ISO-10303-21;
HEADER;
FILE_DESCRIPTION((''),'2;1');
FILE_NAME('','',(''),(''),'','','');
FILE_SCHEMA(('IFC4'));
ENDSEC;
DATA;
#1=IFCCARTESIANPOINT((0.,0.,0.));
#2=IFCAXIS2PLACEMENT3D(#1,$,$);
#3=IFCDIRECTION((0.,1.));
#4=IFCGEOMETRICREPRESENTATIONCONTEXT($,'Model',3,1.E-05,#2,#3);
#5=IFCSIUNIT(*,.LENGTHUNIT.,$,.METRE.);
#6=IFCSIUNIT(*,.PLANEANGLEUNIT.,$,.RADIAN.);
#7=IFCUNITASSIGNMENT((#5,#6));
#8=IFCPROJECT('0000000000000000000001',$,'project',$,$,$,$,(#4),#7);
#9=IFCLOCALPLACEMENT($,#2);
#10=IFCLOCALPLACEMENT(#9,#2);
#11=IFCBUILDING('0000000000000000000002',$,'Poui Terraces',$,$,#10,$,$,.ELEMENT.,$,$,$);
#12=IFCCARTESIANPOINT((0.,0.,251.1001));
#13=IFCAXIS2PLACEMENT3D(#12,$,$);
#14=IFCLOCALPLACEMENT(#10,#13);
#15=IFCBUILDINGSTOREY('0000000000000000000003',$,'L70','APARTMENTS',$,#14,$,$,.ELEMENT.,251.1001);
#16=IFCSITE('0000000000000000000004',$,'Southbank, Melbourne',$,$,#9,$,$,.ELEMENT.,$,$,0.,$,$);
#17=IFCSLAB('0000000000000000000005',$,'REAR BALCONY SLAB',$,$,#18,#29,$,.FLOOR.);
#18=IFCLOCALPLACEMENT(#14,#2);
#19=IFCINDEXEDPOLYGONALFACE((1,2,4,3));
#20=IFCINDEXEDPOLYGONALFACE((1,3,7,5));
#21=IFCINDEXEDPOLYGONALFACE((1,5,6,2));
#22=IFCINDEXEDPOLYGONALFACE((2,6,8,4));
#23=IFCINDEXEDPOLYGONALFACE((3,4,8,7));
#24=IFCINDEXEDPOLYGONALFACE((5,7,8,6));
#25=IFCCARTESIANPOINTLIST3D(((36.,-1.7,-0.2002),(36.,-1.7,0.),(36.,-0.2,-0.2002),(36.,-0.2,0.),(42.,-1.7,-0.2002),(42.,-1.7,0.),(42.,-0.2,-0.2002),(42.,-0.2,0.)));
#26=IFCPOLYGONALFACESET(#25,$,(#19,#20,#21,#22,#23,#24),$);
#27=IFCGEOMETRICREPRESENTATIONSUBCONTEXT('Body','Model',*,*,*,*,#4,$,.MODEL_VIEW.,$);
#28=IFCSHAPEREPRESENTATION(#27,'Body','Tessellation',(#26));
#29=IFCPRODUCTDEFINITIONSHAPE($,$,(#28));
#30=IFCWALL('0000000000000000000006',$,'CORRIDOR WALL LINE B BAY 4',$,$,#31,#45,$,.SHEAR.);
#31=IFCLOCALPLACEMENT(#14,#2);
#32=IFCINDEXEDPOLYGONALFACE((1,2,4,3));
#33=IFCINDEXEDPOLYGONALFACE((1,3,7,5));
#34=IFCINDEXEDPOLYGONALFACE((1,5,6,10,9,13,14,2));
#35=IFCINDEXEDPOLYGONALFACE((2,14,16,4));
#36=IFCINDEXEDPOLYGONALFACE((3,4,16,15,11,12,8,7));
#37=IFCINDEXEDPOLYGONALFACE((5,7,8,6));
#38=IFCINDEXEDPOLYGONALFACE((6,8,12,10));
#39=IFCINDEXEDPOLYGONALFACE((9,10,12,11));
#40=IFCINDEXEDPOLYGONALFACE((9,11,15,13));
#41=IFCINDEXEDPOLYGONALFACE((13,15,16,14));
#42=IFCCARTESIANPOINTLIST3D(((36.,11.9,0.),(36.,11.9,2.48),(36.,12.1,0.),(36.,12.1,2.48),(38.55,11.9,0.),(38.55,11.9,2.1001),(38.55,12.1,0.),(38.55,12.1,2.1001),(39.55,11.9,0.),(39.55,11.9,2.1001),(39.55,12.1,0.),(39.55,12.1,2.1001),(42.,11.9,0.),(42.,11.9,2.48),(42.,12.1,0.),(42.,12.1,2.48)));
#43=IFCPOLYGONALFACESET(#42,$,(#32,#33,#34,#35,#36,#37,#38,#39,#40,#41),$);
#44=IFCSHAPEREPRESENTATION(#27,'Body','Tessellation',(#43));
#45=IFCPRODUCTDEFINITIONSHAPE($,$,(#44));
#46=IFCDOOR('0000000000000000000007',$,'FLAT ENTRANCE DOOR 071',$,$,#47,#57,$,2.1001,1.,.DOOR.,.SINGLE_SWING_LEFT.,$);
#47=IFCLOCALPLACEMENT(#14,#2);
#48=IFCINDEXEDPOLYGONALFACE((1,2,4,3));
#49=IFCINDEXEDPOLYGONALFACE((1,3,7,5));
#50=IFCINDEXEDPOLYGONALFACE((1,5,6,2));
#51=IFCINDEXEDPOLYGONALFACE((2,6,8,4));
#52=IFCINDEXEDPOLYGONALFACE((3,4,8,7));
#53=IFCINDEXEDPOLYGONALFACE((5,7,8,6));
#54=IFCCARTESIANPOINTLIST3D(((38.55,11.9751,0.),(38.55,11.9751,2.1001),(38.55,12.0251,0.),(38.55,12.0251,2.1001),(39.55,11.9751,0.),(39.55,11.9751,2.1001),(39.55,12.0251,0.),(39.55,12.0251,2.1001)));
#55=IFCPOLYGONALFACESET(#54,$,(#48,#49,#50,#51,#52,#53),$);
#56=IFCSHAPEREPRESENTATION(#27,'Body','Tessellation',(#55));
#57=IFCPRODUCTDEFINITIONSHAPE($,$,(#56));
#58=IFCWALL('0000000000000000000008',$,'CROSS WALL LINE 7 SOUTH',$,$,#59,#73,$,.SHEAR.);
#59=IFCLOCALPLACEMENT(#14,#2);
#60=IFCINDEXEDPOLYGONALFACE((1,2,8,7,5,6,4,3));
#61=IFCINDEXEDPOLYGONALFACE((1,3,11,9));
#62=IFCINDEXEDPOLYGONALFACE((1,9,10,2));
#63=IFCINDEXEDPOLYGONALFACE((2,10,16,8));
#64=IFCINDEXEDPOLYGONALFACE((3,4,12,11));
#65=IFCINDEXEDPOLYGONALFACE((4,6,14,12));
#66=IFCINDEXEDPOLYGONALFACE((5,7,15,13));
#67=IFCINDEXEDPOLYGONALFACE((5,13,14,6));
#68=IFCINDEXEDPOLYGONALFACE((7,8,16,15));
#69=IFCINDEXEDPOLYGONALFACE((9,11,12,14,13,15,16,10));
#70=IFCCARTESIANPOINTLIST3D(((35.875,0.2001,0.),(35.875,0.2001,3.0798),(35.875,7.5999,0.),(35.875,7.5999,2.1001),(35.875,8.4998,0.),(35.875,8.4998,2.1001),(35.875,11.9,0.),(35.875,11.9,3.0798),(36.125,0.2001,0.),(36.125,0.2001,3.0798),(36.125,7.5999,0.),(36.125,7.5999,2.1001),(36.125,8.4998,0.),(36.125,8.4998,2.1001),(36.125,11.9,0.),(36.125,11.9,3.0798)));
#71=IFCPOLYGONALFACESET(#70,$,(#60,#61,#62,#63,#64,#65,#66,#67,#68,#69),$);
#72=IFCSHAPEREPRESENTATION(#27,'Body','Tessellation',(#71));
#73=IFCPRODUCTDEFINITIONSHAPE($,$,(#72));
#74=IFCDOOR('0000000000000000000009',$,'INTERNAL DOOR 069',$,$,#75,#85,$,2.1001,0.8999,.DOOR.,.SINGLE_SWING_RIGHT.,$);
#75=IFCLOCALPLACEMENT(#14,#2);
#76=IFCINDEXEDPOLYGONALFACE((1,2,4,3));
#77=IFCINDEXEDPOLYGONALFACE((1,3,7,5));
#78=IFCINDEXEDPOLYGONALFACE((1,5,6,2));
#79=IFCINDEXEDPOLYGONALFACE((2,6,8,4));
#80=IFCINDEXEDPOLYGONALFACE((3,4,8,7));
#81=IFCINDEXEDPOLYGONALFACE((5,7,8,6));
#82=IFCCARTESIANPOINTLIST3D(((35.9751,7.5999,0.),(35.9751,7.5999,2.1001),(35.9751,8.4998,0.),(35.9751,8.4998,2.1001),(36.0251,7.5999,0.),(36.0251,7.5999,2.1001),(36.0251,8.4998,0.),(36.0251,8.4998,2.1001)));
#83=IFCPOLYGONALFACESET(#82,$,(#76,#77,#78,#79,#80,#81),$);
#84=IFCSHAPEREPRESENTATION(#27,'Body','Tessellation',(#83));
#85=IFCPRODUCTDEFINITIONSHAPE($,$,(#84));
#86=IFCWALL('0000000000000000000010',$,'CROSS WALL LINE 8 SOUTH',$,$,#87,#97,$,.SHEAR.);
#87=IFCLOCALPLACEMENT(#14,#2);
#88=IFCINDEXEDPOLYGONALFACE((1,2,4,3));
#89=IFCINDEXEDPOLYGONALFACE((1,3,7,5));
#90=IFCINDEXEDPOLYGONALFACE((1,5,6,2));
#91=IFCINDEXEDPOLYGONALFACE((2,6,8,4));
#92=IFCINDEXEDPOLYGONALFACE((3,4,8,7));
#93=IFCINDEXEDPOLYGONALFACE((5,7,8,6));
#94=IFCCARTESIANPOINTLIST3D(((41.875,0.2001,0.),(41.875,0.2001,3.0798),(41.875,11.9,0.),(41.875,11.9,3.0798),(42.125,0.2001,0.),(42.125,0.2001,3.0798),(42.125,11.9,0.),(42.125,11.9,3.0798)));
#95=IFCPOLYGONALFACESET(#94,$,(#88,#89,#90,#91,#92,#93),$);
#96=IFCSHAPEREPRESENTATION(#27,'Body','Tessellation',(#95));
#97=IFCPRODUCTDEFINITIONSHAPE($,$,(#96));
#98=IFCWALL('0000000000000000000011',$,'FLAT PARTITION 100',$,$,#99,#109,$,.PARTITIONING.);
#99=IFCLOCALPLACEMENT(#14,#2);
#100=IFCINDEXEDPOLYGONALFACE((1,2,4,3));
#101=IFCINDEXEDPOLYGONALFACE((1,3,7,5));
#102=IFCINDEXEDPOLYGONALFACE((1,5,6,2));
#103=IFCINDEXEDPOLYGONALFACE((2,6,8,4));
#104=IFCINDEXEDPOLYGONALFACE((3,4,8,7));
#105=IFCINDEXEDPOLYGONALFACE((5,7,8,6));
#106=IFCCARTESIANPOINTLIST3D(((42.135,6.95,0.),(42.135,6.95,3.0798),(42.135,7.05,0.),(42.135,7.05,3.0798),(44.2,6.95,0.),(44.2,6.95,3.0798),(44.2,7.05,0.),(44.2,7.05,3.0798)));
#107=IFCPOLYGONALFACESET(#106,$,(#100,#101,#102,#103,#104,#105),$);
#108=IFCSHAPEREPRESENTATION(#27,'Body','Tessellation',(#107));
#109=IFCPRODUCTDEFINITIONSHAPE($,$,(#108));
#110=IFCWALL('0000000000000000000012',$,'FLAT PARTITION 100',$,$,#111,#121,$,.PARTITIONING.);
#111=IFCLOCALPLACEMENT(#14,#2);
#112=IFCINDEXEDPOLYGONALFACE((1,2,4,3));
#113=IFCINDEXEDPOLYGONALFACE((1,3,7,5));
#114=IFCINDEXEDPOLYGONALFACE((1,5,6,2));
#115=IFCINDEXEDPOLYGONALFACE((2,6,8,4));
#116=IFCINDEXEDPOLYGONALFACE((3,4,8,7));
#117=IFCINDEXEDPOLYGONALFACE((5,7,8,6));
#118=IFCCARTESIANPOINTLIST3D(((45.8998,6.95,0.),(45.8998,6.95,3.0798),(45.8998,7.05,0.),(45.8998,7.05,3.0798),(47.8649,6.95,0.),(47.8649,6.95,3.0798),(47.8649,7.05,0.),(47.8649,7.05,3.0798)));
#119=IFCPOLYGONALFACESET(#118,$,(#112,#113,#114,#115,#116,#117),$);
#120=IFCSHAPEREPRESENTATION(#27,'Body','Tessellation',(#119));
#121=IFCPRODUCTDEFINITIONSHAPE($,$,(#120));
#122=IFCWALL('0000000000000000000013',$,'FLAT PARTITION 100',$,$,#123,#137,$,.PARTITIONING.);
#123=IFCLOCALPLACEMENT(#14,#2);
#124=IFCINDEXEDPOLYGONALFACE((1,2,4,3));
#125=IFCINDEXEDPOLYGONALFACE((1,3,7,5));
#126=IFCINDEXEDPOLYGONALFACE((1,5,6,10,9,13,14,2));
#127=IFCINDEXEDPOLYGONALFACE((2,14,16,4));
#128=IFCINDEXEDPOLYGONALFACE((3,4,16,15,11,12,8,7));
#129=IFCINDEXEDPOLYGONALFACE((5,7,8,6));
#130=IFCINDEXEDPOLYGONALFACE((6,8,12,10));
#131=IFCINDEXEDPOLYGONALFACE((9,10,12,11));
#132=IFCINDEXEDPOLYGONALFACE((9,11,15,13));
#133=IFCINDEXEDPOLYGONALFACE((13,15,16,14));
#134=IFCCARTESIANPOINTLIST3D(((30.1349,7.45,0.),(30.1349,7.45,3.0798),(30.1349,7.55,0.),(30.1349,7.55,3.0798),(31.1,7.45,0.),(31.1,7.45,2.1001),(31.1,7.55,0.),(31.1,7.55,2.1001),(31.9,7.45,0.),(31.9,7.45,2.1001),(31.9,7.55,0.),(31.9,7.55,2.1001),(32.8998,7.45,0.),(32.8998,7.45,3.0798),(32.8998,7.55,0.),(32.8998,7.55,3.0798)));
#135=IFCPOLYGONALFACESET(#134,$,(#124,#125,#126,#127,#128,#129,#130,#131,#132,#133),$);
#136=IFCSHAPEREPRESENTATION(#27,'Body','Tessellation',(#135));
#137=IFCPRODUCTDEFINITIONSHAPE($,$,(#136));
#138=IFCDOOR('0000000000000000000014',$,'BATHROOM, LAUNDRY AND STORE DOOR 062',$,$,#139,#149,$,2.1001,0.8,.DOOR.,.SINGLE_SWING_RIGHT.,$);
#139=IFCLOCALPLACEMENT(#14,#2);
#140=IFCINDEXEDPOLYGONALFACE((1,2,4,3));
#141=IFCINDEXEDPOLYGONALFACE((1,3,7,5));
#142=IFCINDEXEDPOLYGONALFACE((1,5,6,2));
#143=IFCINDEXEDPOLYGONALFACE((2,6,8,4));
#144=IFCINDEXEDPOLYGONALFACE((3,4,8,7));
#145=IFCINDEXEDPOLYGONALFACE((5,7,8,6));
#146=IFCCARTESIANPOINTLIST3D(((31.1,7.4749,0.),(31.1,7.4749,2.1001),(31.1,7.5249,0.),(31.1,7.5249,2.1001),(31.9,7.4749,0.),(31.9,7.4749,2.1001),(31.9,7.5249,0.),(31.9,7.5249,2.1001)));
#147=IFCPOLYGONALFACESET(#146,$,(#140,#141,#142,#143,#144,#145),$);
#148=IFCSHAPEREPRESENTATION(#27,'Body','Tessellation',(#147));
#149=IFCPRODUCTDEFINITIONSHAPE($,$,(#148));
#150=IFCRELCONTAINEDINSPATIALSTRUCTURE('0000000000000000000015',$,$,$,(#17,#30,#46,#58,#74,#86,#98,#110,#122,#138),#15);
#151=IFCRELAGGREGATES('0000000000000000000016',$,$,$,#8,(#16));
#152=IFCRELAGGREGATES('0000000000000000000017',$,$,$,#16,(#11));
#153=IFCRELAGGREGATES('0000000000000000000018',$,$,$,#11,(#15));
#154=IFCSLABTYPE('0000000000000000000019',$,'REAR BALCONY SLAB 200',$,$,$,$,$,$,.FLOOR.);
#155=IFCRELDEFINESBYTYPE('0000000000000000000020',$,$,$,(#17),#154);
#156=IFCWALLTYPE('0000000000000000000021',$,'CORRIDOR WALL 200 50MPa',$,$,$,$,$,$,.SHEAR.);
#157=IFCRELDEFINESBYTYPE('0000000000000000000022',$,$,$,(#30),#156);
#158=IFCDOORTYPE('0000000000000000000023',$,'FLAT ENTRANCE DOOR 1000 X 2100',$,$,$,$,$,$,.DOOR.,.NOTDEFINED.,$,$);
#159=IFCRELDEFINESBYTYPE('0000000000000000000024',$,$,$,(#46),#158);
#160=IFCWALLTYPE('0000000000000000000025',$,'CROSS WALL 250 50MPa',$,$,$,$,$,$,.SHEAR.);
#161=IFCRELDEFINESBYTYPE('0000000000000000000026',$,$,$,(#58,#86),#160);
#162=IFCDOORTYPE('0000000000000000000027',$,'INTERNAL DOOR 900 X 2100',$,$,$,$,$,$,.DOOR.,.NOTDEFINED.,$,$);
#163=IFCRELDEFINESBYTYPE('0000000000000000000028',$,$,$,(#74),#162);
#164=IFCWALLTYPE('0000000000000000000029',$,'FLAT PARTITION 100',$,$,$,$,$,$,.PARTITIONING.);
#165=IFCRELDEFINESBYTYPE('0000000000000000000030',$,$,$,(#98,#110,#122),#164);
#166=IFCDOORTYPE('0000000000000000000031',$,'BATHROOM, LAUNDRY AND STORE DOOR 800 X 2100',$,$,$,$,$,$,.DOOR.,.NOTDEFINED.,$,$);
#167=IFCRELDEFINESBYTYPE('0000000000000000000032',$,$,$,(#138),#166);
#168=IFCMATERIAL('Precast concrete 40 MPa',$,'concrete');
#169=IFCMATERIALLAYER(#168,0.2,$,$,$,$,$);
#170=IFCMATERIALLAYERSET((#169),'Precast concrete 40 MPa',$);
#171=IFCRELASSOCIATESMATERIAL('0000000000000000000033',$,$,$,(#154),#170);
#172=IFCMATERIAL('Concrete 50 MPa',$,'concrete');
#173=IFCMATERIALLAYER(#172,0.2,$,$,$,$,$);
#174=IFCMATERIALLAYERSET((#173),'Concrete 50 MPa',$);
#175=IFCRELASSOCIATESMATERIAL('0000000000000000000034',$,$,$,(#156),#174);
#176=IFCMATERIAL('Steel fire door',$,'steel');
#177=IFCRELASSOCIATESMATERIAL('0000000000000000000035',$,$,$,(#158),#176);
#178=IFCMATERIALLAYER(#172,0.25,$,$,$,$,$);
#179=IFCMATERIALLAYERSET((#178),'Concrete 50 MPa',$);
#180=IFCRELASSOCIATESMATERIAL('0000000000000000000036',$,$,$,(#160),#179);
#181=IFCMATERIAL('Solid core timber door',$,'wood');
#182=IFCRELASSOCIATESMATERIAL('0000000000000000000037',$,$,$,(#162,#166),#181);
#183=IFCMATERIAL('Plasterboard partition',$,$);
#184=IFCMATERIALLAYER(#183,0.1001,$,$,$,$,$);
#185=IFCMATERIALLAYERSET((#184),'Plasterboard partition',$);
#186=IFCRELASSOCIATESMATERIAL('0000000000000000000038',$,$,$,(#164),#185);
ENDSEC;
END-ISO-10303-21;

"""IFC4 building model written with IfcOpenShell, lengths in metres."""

from ifc_helpers import new_model, si_unit, direction, frame, frame_2d, origin, place, context, subcontext, project, spatial, polyline, rectangle, outline, extrude, source, transform, mapped, material, layer, layer_set, type_object, element, fill, save


model = new_model("IFC4")

# Units and contexts
model_context = context("Model", 3, precision=1e-05, world=origin(), true_north=direction((0.0, 1.0)))
body_context = subcontext(model_context, "Body", "Model", "MODEL_VIEW")
ifc_project = project(units=[si_unit("LENGTHUNIT", "METRE"), si_unit("PLANEANGLEUNIT", "RADIAN")], contexts=[model_context])

# Site, building, storey
site_placement = place(None, origin())
site = spatial("IfcSite", under=ifc_project, at=site_placement, Name="Southbank, Melbourne", CompositionType="ELEMENT", RefElevation=0.0)
building_placement = place(site_placement, origin())
building = spatial("IfcBuilding", under=site, at=building_placement, Name="Poui Terraces", CompositionType="ELEMENT")
storey_placement = place(building_placement, frame((0.0, 0.0, 251.1001)))
storey = spatial("IfcBuildingStorey", under=building, at=storey_placement, Name="L70", Description="APARTMENTS", CompositionType="ELEMENT", Elevation=251.1001)

# Slab
ifc_material_1 = material(Name="Precast concrete 40 MPa", Category="concrete")
ifc_layer_1 = layer(ifc_material_1, 0.2)
ifc_layer_set_1 = layer_set([ifc_layer_1], Name="Precast concrete 40 MPa")
slab_type = type_object("IfcSlabType", Name="REAR BALCONY SLAB 200", PredefinedType="FLOOR", material=ifc_layer_set_1)
shared_shape_1 = source(origin(), body_context, "Body", "SweptSolid", [
    extrude(outline(polyline([(0.0, 0.0), (6.0, 0.0), (6.0, 1.5), (0.0, 1.5), (0.0, 0.0)])), origin(), (0.0, 0.0, 1.0), 0.2002),
])
slab_placement = place(storey_placement, frame((36.0, -1.7, -0.2002)))
element("IfcSlab", 1, at=slab_placement, inside=storey, type_object=slab_type, Name="REAR BALCONY SLAB", PredefinedType="FLOOR", context=body_context, shape_type="MappedRepresentation", body=[
    mapped(shared_shape_1, transform((0.0, 0.0, 0.0))),
])

# Walls, openings, doors
ifc_material_2 = material(Name="Concrete 50 MPa", Category="concrete")
ifc_layer_2 = layer(ifc_material_2, 0.2)
ifc_layer_set_2 = layer_set([ifc_layer_2], Name="Concrete 50 MPa")
wall_type_1 = type_object("IfcWallType", Name="CORRIDOR WALL 200 50MPa", PredefinedType="SHEAR", material=ifc_layer_set_2)
wall_1_placement = place(storey_placement, frame((36.0, 12.0, 0.0), z_axis=(0.0, 0.0, 1.0), x_axis=(1.0, 0.0, 0.0)))
wall_1 = element("IfcWall", 2, at=wall_1_placement, inside=storey, type_object=wall_type_1, Name="CORRIDOR WALL LINE B BAY 4", PredefinedType="SHEAR", context=body_context, shape_type="SweptSolid", body=[
    extrude(rectangle(XDim=6.0, YDim=0.2, at=frame_2d((3.0, 0.0))), origin(), (0.0, 0.0, 1.0), 2.48),
])
opening_1_placement = place(wall_1_placement, frame((2.55, 0.0, 0.0)))
opening_1 = element("IfcOpeningElement", 3, at=opening_1_placement, cuts=wall_1, PredefinedType="OPENING", context=body_context, shape_type="SweptSolid", body=[
    extrude(rectangle(XDim=1.0, YDim=2.1001, at=frame_2d((0.5, 1.05))), frame((0.0, 0.1099, 0.0), z_axis=(0.0, -1.0, 0.0), x_axis=(1.0, 0.0, 0.0)), (0.0, 0.0, 1.0), 0.22),
])
ifc_material_3 = material(Name="Steel fire door", Category="steel")
door_type_1 = type_object("IfcDoorType", Name="FLAT ENTRANCE DOOR 1000 X 2100", OperationType="NOTDEFINED", PredefinedType="DOOR", material=ifc_material_3)
door_1_placement = place(opening_1_placement, frame((1.0, 0.0, 0.0), z_axis=(0.0, 0.0, 1.0), x_axis=(-1.0, 0.0, 0.0)))
door_1 = element("IfcDoor", 4, at=door_1_placement, inside=storey, type_object=door_type_1, Name="FLAT ENTRANCE DOOR 071", OperationType="SINGLE_SWING_LEFT", OverallHeight=2.1001, OverallWidth=1.0, PredefinedType="DOOR", context=body_context, shape_type="SweptSolid", body=[
    extrude(rectangle(XDim=1.0, YDim=2.1001, at=frame_2d((0.5, 1.05))), frame((0.0, 0.0249, 0.0), z_axis=(0.0, -1.0, 0.0), x_axis=(1.0, 0.0, 0.0)), (0.0, 0.0, 1.0), 0.05),
])
fill(opening_1, door_1)
ifc_layer_3 = layer(ifc_material_2, 0.25)
ifc_layer_set_3 = layer_set([ifc_layer_3], Name="Concrete 50 MPa")
wall_type_2 = type_object("IfcWallType", Name="CROSS WALL 250 50MPa", PredefinedType="SHEAR", material=ifc_layer_set_3)
wall_2_placement = place(storey_placement, frame((36.0, 0.2, 0.0), z_axis=(0.0, 0.0, 1.0), x_axis=(0.0, 1.0, 0.0)))
wall_2 = element("IfcWall", 5, at=wall_2_placement, inside=storey, type_object=wall_type_2, Name="CROSS WALL LINE 7 SOUTH", PredefinedType="SHEAR", context=body_context, shape_type="SweptSolid", body=[
    extrude(rectangle(XDim=11.7, YDim=0.25, at=frame_2d((5.8501, 0.0))), origin(), (0.0, 0.0, 1.0), 3.0798),
])
opening_2_placement = place(wall_2_placement, frame((7.3999, 0.0, 0.0)))
opening_2 = element("IfcOpeningElement", 6, at=opening_2_placement, cuts=wall_2, PredefinedType="OPENING", context=body_context, shape_type="SweptSolid", body=[
    extrude(rectangle(XDim=0.8999, YDim=2.1001, at=frame_2d((0.45, 1.05))), frame((0.0, 0.135, 0.0), z_axis=(0.0, -1.0, 0.0), x_axis=(1.0, 0.0, 0.0)), (0.0, 0.0, 1.0), 0.27),
])
ifc_material_4 = material(Name="Solid core timber door", Category="wood")
door_type_2 = type_object("IfcDoorType", Name="INTERNAL DOOR 900 X 2100", OperationType="NOTDEFINED", PredefinedType="DOOR", material=ifc_material_4)
door_2_placement = place(opening_2_placement, origin())
door_2 = element("IfcDoor", 7, at=door_2_placement, inside=storey, type_object=door_type_2, Name="INTERNAL DOOR 069", OperationType="SINGLE_SWING_RIGHT", OverallHeight=2.1001, OverallWidth=0.8999, PredefinedType="DOOR", context=body_context, shape_type="SweptSolid", body=[
    extrude(rectangle(XDim=0.8999, YDim=2.1001, at=frame_2d((0.45, 1.05))), frame((0.0, 0.0249, 0.0), z_axis=(0.0, -1.0, 0.0), x_axis=(1.0, 0.0, 0.0)), (0.0, 0.0, 1.0), 0.05),
])
fill(opening_2, door_2)

# Walls
wall_3_placement = place(storey_placement, frame((42.0, 0.2, 0.0), z_axis=(0.0, 0.0, 1.0), x_axis=(0.0, 1.0, 0.0)))
element("IfcWall", 8, at=wall_3_placement, inside=storey, type_object=wall_type_2, Name="CROSS WALL LINE 8 SOUTH", PredefinedType="SHEAR", context=body_context, shape_type="SweptSolid", body=[
    extrude(rectangle(XDim=11.7, YDim=0.25, at=frame_2d((5.8501, 0.0))), origin(), (0.0, 0.0, 1.0), 3.0798),
])
ifc_material_5 = material(Name="Plasterboard partition")
ifc_layer_4 = layer(ifc_material_5, 0.1001)
ifc_layer_set_4 = layer_set([ifc_layer_4], Name="Plasterboard partition")
wall_type_3 = type_object("IfcWallType", Name="FLAT PARTITION 100", PredefinedType="PARTITIONING", material=ifc_layer_set_4)
wall_4_placement = place(storey_placement, frame((42.135, 7.0, 0.0), z_axis=(0.0, 0.0, 1.0), x_axis=(1.0, 0.0, 0.0)))
element("IfcWall", 9, at=wall_4_placement, inside=storey, type_object=wall_type_3, Name="FLAT PARTITION 100", PredefinedType="PARTITIONING", context=body_context, shape_type="SweptSolid", body=[
    extrude(rectangle(XDim=2.0649, YDim=0.1001, at=frame_2d((1.0325, 0.0))), origin(), (0.0, 0.0, 1.0), 3.0798),
])
wall_5_placement = place(storey_placement, frame((45.8999, 7.0, 0.0), z_axis=(0.0, 0.0, 1.0), x_axis=(1.0, 0.0, 0.0)))
element("IfcWall", 10, at=wall_5_placement, inside=storey, type_object=wall_type_3, Name="FLAT PARTITION 100", PredefinedType="PARTITIONING", context=body_context, shape_type="SweptSolid", body=[
    extrude(rectangle(XDim=1.9651, YDim=0.1001, at=frame_2d((0.9824, 0.0))), origin(), (0.0, 0.0, 1.0), 3.0798),
])

# Wall, opening, door
wall_6_placement = place(storey_placement, frame((30.135, 7.5, 0.0), z_axis=(0.0, 0.0, 1.0), x_axis=(1.0, 0.0, 0.0)))
wall_6 = element("IfcWall", 11, at=wall_6_placement, inside=storey, type_object=wall_type_3, Name="FLAT PARTITION 100", PredefinedType="PARTITIONING", context=body_context, shape_type="SweptSolid", body=[
    extrude(rectangle(XDim=2.7649, YDim=0.1001, at=frame_2d((1.3823, 0.0))), origin(), (0.0, 0.0, 1.0), 3.0798),
])
opening_3_placement = place(wall_6_placement, frame((0.9651, 0.0, 0.0)))
opening_3 = element("IfcOpeningElement", 12, at=opening_3_placement, cuts=wall_6, PredefinedType="OPENING", context=body_context, shape_type="SweptSolid", body=[
    extrude(rectangle(XDim=0.8, YDim=2.1001, at=frame_2d((0.3999, 1.05))), frame((0.0, 0.0601, 0.0), z_axis=(0.0, -1.0, 0.0), x_axis=(1.0, 0.0, 0.0)), (0.0, 0.0, 1.0), 0.1201),
])
door_type_3 = type_object("IfcDoorType", Name="BATHROOM, LAUNDRY AND STORE DOOR 800 X 2100", OperationType="NOTDEFINED", PredefinedType="DOOR", material=ifc_material_4)
door_3_placement = place(opening_3_placement, origin())
door_3 = element("IfcDoor", 13, at=door_3_placement, inside=storey, type_object=door_type_3, Name="BATHROOM, LAUNDRY AND STORE DOOR 062", OperationType="SINGLE_SWING_RIGHT", OverallHeight=2.1001, OverallWidth=0.8, PredefinedType="DOOR", context=body_context, shape_type="SweptSolid", body=[
    extrude(rectangle(XDim=0.8, YDim=2.1001, at=frame_2d((0.3999, 1.05))), frame((0.0, 0.0249, 0.0), z_axis=(0.0, -1.0, 0.0), x_axis=(1.0, 0.0, 0.0)), (0.0, 0.0, 1.0), 0.05),
])
fill(opening_3, door_3)

save(model, "model.ifc")
